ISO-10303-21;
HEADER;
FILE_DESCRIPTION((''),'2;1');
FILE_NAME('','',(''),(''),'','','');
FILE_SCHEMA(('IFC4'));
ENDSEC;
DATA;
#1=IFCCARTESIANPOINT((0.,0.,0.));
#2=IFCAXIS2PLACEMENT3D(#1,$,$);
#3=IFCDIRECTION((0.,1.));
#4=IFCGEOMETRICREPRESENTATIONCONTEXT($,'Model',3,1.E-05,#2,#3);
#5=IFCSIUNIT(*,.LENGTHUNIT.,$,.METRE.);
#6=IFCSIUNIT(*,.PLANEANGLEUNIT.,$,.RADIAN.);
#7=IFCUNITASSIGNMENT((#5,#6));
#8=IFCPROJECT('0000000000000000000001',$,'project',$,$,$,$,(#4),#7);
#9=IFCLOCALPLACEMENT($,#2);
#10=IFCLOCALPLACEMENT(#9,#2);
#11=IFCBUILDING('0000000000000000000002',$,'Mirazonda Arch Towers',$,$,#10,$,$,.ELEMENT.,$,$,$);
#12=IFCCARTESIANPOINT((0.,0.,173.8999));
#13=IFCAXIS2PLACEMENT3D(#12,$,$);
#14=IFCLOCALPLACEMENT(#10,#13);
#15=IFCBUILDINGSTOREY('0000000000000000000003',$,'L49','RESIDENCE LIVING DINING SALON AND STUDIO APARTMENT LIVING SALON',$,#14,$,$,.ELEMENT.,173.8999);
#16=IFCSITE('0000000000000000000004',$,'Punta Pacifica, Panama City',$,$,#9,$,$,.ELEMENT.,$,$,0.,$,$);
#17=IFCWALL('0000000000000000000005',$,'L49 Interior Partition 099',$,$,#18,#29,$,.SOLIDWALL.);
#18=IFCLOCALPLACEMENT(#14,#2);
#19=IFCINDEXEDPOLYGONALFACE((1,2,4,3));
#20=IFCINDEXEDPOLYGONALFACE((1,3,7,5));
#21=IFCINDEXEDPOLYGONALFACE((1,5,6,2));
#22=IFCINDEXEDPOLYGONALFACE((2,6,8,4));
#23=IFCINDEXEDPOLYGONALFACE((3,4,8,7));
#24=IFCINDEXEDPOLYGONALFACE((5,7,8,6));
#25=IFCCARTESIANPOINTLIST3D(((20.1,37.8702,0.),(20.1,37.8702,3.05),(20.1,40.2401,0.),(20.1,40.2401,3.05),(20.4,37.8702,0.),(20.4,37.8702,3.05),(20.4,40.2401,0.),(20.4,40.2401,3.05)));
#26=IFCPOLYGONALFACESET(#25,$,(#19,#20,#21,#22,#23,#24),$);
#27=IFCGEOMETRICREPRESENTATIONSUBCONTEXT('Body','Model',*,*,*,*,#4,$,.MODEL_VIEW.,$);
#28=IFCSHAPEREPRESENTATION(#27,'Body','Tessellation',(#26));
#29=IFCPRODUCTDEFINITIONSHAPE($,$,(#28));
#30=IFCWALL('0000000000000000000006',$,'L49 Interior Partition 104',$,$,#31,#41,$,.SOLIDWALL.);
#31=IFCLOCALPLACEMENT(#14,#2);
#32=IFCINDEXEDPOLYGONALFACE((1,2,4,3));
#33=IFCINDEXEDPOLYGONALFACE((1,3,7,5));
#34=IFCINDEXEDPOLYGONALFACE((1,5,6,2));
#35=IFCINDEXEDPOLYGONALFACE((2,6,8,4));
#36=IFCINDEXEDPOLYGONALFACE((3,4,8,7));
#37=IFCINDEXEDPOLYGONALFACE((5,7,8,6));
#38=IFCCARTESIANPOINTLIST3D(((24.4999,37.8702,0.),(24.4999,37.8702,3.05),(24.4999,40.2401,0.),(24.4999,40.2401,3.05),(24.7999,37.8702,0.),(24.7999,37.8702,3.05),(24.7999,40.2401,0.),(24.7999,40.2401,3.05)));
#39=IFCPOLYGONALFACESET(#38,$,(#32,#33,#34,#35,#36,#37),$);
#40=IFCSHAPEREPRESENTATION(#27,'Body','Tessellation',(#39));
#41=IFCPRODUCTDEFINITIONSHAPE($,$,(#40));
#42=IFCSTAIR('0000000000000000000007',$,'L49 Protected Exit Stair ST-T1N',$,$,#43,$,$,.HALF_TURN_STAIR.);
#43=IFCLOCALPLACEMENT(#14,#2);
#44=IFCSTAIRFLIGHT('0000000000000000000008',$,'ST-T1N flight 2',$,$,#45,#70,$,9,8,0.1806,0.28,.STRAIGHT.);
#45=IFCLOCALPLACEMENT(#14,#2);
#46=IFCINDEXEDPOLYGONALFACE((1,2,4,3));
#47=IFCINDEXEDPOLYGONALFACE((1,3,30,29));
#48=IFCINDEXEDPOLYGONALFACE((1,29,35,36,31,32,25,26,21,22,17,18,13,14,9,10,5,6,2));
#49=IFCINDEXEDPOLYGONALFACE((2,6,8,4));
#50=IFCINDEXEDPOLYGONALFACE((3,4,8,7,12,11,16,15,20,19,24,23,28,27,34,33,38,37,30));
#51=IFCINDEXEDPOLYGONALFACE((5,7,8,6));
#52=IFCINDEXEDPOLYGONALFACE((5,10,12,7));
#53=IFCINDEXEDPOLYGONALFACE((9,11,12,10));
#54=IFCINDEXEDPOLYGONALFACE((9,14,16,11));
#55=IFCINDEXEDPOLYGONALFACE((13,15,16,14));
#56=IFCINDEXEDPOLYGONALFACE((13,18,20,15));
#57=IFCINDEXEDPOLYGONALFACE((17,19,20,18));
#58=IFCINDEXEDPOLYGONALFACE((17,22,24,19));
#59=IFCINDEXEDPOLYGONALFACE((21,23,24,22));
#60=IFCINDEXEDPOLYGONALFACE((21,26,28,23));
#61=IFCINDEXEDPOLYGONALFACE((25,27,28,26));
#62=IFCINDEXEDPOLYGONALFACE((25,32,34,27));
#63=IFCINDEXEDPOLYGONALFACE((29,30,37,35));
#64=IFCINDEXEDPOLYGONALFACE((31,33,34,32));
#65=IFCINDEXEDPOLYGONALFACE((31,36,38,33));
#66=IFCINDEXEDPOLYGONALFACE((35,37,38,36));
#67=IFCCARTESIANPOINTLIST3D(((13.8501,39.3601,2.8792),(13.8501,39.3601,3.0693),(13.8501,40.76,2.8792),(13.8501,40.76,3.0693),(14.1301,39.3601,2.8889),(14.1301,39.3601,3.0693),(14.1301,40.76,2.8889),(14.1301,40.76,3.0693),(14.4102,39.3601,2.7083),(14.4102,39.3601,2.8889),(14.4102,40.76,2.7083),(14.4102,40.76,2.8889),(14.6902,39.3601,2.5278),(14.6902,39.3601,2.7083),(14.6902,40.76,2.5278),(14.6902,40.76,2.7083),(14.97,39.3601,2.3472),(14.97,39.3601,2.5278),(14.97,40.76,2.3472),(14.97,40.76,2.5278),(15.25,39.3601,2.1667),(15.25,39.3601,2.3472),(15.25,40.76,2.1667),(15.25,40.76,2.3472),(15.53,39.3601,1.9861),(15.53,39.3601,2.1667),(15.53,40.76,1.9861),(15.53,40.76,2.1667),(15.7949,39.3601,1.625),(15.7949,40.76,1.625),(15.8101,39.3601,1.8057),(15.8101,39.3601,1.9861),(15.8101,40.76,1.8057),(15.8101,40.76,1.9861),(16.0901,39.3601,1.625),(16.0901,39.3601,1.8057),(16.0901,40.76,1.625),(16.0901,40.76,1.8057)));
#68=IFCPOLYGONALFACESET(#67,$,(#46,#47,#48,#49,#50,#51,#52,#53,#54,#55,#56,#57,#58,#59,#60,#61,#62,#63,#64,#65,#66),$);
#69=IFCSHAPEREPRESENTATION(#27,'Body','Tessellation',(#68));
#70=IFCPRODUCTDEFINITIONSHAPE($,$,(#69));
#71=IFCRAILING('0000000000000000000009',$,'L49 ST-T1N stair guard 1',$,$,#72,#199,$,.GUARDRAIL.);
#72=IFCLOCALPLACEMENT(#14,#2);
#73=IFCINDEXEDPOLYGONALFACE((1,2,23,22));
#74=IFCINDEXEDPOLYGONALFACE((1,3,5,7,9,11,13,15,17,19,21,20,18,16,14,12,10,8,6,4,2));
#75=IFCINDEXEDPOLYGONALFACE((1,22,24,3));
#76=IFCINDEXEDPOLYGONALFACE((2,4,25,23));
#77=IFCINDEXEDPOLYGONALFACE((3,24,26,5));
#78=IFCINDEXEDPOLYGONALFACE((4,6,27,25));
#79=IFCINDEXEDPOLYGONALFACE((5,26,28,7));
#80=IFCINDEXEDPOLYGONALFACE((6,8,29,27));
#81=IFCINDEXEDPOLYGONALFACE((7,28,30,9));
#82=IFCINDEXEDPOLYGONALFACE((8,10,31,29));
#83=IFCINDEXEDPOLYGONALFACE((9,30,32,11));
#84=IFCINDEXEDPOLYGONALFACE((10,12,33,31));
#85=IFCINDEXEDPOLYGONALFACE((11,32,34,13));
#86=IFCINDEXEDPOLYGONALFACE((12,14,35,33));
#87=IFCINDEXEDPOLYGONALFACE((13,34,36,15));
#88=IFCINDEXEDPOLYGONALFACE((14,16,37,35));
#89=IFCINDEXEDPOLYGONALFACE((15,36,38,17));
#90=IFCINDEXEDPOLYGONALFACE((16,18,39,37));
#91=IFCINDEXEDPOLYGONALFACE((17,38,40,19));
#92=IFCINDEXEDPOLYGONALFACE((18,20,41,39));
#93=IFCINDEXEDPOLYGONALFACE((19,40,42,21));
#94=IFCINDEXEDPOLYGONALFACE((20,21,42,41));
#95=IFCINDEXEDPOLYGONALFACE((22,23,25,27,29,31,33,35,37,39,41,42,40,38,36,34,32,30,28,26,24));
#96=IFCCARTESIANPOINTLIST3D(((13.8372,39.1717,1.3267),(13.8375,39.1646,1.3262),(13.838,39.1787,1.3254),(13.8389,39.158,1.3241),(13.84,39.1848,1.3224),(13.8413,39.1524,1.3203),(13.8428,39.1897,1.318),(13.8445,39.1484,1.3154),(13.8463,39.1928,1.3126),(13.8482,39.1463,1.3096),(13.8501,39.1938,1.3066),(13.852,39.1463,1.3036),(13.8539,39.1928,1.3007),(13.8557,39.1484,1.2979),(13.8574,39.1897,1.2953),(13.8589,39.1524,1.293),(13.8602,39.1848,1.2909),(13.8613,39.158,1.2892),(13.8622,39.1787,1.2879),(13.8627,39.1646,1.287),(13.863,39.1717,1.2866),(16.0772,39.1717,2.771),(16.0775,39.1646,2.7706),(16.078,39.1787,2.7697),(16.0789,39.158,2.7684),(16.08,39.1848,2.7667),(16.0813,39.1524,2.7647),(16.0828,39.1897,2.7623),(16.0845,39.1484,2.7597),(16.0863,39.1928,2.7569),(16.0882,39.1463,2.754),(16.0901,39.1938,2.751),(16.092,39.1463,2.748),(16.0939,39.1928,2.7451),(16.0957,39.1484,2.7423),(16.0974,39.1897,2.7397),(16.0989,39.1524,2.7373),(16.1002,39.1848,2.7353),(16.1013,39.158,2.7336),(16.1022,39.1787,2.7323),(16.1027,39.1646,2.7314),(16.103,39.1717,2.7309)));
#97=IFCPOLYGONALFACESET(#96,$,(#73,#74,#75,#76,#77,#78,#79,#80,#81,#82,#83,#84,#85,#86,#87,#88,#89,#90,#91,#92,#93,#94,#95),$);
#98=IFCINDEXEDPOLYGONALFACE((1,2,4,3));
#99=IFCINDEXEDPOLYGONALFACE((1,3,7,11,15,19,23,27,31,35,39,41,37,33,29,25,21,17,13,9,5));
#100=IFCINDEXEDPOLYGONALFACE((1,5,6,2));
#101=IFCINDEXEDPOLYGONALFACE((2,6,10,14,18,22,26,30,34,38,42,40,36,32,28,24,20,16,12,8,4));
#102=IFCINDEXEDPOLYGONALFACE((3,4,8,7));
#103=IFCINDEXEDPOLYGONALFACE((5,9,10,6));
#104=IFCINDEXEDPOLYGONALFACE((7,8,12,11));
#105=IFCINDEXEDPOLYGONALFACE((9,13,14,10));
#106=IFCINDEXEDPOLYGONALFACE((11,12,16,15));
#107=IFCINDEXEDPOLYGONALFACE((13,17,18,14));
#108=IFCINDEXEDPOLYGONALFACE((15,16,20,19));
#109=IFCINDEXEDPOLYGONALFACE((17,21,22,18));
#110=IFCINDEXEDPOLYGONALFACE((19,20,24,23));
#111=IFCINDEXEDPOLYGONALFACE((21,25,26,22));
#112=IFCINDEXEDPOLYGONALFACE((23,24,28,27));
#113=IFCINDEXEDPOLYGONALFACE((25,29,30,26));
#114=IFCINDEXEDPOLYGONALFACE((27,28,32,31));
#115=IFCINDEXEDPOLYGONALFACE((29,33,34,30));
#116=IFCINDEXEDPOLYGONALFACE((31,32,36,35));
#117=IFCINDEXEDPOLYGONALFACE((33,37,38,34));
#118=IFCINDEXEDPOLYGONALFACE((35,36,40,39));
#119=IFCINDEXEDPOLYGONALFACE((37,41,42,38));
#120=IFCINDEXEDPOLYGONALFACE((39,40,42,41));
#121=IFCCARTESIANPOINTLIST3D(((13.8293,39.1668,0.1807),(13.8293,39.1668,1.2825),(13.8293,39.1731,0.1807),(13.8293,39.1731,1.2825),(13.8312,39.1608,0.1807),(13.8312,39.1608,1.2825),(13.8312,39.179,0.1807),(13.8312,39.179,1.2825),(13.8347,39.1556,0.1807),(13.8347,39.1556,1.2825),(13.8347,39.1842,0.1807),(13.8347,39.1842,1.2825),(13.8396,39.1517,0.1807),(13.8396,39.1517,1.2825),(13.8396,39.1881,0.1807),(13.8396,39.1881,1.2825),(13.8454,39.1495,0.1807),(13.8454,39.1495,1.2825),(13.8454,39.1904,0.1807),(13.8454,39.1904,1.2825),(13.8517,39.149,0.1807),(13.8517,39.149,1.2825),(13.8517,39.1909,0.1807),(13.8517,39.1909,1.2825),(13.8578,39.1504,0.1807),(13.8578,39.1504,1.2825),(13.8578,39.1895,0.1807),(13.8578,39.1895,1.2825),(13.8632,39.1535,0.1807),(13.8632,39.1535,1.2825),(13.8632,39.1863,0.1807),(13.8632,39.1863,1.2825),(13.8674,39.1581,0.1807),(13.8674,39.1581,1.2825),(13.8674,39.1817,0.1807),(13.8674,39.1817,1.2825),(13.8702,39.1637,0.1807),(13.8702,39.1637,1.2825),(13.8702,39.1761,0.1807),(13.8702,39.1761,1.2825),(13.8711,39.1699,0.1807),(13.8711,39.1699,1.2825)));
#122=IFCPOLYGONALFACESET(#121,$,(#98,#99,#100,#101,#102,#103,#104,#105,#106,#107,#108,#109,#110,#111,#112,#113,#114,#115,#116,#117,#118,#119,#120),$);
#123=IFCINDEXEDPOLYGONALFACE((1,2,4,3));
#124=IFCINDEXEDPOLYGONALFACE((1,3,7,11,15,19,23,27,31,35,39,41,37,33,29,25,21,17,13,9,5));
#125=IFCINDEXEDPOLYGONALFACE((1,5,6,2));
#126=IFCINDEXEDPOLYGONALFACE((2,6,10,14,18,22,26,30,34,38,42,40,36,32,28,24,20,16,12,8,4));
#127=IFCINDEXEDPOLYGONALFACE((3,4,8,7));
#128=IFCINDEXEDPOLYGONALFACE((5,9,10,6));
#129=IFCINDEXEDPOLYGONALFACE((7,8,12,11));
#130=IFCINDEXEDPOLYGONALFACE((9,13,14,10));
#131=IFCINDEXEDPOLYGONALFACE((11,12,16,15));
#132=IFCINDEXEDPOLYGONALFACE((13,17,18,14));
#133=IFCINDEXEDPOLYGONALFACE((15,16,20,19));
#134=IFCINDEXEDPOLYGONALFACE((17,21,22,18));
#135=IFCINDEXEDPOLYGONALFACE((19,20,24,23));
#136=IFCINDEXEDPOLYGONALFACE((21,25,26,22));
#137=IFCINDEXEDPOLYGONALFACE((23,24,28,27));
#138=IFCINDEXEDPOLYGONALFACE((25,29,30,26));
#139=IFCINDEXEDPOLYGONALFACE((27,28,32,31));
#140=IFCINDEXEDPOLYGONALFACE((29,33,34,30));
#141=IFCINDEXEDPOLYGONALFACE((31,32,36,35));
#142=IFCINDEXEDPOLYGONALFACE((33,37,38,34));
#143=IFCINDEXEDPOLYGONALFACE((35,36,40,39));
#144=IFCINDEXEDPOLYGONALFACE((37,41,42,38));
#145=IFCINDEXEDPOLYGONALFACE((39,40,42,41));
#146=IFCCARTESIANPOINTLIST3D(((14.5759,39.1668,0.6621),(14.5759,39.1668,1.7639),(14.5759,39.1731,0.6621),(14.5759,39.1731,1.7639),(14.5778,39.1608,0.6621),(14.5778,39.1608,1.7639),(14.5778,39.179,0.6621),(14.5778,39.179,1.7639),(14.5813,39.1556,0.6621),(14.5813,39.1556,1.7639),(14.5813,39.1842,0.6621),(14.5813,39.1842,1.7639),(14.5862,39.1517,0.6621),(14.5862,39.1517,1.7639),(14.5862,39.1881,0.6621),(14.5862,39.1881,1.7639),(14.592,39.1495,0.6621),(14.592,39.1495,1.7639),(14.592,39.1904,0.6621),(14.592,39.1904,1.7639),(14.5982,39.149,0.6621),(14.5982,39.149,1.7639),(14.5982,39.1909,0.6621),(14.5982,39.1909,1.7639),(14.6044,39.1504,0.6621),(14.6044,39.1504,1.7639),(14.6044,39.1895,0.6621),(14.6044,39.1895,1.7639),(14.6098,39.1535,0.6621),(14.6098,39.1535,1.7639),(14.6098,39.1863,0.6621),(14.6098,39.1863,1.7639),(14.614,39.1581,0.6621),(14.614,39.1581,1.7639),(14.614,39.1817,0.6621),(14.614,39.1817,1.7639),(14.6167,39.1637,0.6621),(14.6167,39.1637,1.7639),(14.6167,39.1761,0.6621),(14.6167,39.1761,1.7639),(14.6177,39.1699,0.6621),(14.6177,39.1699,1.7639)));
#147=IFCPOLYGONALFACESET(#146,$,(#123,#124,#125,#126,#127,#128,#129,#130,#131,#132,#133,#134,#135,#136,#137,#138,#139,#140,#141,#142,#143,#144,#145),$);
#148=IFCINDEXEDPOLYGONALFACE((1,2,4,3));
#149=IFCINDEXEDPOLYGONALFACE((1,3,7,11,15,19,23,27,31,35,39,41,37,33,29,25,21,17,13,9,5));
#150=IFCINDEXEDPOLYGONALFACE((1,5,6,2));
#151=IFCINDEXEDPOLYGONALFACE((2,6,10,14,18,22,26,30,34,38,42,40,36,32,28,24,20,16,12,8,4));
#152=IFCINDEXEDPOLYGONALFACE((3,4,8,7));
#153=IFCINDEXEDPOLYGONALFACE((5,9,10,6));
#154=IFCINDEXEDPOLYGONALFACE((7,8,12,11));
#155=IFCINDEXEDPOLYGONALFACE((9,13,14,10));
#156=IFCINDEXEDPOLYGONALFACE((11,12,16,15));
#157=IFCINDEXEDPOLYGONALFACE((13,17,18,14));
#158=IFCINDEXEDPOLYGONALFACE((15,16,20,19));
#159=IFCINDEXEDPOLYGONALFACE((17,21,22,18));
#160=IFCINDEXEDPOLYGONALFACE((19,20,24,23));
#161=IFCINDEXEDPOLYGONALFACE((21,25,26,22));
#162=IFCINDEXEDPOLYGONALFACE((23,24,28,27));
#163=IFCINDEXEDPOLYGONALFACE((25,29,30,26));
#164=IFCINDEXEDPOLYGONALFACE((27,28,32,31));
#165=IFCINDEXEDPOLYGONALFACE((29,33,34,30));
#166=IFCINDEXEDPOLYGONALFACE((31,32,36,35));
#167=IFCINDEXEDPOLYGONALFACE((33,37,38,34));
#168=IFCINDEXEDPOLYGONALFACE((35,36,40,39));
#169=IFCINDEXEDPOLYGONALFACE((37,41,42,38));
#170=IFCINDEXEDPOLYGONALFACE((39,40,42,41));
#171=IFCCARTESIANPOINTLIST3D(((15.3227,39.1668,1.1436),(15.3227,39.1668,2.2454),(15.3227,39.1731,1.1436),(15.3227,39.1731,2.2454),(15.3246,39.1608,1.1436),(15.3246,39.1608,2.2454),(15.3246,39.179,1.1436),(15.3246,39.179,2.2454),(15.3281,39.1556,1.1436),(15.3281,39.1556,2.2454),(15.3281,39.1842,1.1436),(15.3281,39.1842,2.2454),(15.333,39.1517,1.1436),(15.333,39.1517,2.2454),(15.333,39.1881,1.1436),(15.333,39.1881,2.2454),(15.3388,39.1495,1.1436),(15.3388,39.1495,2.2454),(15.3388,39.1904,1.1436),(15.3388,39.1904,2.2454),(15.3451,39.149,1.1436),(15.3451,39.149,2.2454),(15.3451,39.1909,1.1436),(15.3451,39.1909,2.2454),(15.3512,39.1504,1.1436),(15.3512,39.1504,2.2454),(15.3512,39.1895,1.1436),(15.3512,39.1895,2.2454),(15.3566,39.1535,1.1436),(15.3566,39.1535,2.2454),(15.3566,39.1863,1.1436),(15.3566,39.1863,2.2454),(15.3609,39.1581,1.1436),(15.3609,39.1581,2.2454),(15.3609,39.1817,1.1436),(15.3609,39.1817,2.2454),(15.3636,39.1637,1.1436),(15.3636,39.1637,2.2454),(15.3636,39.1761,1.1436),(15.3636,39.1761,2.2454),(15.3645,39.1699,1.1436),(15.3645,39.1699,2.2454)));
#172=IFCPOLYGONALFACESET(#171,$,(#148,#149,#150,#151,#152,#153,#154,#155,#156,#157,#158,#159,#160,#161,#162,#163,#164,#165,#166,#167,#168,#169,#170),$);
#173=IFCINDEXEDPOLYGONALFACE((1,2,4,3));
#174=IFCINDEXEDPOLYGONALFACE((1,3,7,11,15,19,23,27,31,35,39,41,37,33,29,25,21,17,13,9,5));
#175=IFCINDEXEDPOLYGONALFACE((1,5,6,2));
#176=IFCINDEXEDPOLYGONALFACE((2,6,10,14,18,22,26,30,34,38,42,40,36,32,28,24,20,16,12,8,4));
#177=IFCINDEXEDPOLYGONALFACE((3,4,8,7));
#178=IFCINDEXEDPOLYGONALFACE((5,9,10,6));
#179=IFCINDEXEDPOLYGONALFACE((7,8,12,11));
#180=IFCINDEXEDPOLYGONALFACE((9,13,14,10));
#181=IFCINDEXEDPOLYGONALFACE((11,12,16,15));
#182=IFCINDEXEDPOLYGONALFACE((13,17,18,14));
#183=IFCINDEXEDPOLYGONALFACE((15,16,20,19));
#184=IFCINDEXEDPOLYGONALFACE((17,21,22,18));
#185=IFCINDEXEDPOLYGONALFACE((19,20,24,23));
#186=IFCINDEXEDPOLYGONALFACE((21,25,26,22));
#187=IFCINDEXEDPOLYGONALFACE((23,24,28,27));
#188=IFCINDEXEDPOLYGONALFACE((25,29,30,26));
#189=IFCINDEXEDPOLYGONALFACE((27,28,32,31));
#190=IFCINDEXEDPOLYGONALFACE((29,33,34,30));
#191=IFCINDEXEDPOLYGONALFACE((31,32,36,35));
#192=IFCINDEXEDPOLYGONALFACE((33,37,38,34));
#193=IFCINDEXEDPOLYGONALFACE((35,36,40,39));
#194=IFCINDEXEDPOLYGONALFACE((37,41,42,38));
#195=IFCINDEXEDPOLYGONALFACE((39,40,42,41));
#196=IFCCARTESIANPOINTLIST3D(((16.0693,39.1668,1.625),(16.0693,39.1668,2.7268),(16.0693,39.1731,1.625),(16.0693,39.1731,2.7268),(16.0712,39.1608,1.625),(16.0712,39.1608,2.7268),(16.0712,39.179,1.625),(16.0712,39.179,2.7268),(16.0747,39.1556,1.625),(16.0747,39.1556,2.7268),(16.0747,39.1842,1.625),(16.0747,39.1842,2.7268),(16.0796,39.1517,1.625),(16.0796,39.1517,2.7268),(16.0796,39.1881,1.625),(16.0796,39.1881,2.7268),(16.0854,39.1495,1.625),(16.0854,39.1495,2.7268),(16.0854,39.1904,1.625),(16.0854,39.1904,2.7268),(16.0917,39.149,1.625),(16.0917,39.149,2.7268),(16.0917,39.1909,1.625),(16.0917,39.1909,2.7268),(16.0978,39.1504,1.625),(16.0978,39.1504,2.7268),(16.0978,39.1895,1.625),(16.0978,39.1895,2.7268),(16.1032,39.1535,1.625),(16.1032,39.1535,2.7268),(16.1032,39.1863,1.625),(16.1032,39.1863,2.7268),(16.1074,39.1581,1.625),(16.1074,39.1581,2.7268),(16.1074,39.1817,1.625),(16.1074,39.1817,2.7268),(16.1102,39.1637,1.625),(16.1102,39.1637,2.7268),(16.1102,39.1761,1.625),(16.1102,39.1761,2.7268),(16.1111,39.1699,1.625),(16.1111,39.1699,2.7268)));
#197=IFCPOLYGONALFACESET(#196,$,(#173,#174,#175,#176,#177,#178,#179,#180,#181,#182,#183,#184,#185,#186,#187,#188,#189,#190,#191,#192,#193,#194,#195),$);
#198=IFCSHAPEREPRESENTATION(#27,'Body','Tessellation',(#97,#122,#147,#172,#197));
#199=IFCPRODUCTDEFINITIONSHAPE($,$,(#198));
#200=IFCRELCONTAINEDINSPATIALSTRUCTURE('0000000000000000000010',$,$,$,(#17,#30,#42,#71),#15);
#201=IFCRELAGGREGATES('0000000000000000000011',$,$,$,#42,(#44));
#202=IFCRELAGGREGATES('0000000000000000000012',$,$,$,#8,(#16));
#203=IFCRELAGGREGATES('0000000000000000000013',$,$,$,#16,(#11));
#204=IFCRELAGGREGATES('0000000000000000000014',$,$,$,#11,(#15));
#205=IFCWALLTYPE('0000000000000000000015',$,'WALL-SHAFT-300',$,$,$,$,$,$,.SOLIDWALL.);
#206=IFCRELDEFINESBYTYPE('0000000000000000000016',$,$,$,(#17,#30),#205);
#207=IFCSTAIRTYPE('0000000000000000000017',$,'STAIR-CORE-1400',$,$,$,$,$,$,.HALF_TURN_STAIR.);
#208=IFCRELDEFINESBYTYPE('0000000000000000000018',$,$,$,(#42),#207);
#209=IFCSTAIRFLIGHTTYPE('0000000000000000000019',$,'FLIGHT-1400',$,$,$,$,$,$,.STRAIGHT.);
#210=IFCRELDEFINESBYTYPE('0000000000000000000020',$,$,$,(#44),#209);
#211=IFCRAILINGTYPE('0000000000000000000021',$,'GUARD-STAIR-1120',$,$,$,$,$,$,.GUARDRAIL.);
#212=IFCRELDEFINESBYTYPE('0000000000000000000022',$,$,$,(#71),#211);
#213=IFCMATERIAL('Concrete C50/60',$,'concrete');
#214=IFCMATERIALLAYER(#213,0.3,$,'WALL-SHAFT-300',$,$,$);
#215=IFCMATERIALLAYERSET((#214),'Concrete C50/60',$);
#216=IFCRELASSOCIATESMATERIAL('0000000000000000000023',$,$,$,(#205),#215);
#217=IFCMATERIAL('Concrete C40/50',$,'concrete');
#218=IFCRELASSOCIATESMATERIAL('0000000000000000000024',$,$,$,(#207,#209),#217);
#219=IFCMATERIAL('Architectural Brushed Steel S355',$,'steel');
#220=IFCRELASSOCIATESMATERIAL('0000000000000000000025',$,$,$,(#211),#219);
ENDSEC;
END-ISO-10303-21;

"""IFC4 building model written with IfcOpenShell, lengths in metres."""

from ifc_helpers import new_model, si_unit, direction, frame, frame_2d, origin, origin_2d, place, context, subcontext, project, spatial, polyline, rectangle, circle, outline, extrude, material, layer, layer_set, type_object, element, aggregate, save


model = new_model("IFC4")

# Units and contexts
model_context = context("Model", 3, precision=1e-05, world=origin(), true_north=direction((0.0, 1.0)))
body_context = subcontext(model_context, "Body", "Model", "MODEL_VIEW")
ifc_project = project(units=[si_unit("LENGTHUNIT", "METRE"), si_unit("PLANEANGLEUNIT", "RADIAN")], contexts=[model_context])

# Site, building, storey
site_placement = place(None, origin())
site = spatial("IfcSite", under=ifc_project, at=site_placement, Name="Punta Pacifica, Panama City", CompositionType="ELEMENT", RefElevation=0.0)
building_placement = place(site_placement, origin())
building = spatial("IfcBuilding", under=site, at=building_placement, Name="Mirazonda Arch Towers", CompositionType="ELEMENT")
storey_placement = place(building_placement, frame((0.0, 0.0, 173.8999)))
storey = spatial("IfcBuildingStorey", under=building, at=storey_placement, Name="L49", Description="RESIDENCE LIVING DINING SALON AND STUDIO APARTMENT LIVING SALON", CompositionType="ELEMENT", Elevation=173.8999)

# Shared definitions
ifc_material_1 = material(Name="Concrete C50/60", Category="concrete")

# Shared definitions
ifc_material_2 = material(Name="Concrete C40/50", Category="concrete")

# Shared definitions
ifc_material_3 = material(Name="Architectural Brushed Steel S355", Category="steel")

# Walls
ifc_layer_1 = layer(ifc_material_1, 0.3, Name="WALL-SHAFT-300")
ifc_layer_set_1 = layer_set([ifc_layer_1], Name="Concrete C50/60")
wall_type_1 = type_object("IfcWallType", Name="WALL-SHAFT-300", PredefinedType="SOLIDWALL", material=ifc_layer_set_1)
for number, where, z_axis, x_axis, name in (
    (1, (20.25, 37.8701, 0.0), (0.0, 0.0, 1.0), (0.0, 1.0, 0.0), "L49 Interior Partition 099"),
    (2, (24.6499, 37.8701, 0.0), (0.0, 0.0, 1.0), (0.0, 1.0, 0.0), "L49 Interior Partition 104"),
):
    element("IfcWall", number, at=place(storey_placement, frame(where, z_axis=z_axis, x_axis=x_axis)), inside=storey, type_object=wall_type_1, Name=name, PredefinedType="SOLIDWALL", context=body_context, shape_type="SweptSolid", body=[
        extrude(rectangle(XDim=2.3699, YDim=0.3, at=frame_2d((1.1851, 0.0))), origin(), (0.0, 0.0, 1.0), 3.05),
    ])

# Stair, stair flight
stair_type = type_object("IfcStairType", Name="STAIR-CORE-1400", PredefinedType="HALF_TURN_STAIR", material=ifc_material_2)
stair_placement = place(storey_placement, origin())
stair = element("IfcStair", 3, at=stair_placement, inside=storey, type_object=stair_type, Name="L49 Protected Exit Stair ST-T1N", PredefinedType="HALF_TURN_STAIR")
stair_flight_type = type_object("IfcStairFlightType", Name="FLIGHT-1400", PredefinedType="STRAIGHT", material=ifc_material_2)
stair_flight_placement = place(storey_placement, frame((16.0901, 40.0601, 1.625), z_axis=(0.0, 0.0, 1.0), x_axis=(-1.0, 0.0, 0.0)))
stair_flight = element("IfcStairFlight", 4, at=stair_flight_placement, type_object=stair_flight_type, Name="ST-T1N flight 2", NumberOfRisers=9, NumberOfTreads=8, PredefinedType="STRAIGHT", RiserHeight=0.1806, TreadLength=0.28, context=body_context, shape_type="SweptSolid", body=[
    extrude(outline(polyline([(0.0, 0.0), (0.0, 0.1807), (0.28, 0.1807), (0.28, 0.3611), (0.5601, 0.3611), (0.5601, 0.5417), (0.8401, 0.5417), (0.8401, 0.7222), (1.1201, 0.7222), (1.1201, 0.9028), (1.3999, 0.9028), (1.3999, 1.0833), (1.6799, 1.0833), (1.6799, 1.2639), (1.96, 1.2639), (1.96, 1.4443), (2.24, 1.4443), (2.24, 1.625), (2.24, 1.2542), (0.2952, 0.0), (0.0, 0.0)])), frame((0.0, 0.7, 0.0), z_axis=(0.0, -1.0, 0.0), x_axis=(1.0, 0.0, 0.0)), (0.0, 0.0, 1.0), 1.3999),
])
aggregate(stair, [stair_flight])

# Railing
railing_type_1 = type_object("IfcRailingType", Name="GUARD-STAIR-1120", PredefinedType="GUARDRAIL", material=ifc_material_3)
railing_1_placement = place(storey_placement, frame((13.8501, 39.1699, 0.1807)))
element("IfcRailing", 5, at=railing_1_placement, inside=storey, type_object=railing_type_1, Name="L49 ST-T1N stair guard 1", PredefinedType="GUARDRAIL", context=body_context, shape_type="SweptSolid", body=[
    extrude(circle(Radius=0.0239, at=origin_2d()), frame((0.0, 0.0, 1.126), z_axis=(0.840437, 0.0, 0.54191), x_axis=(0.0, 1.0, 0.0)), (0.0, 0.0, 1.0), 2.6653),
    extrude(circle(Radius=0.021, at=origin_2d()), origin(), (0.0, 0.0, 1.0), 1.1018),
    extrude(circle(Radius=0.021, at=origin_2d()), frame((0.7466, 0.0, 0.4814)), (0.0, 0.0, 1.0), 1.1018),
    extrude(circle(Radius=0.021, at=origin_2d()), frame((1.4934, 0.0, 0.9629)), (0.0, 0.0, 1.0), 1.1018),
    extrude(circle(Radius=0.021, at=origin_2d()), frame((2.24, 0.0, 1.4443)), (0.0, 0.0, 1.0), 1.1018),
])

save(model, "model.ifc")
